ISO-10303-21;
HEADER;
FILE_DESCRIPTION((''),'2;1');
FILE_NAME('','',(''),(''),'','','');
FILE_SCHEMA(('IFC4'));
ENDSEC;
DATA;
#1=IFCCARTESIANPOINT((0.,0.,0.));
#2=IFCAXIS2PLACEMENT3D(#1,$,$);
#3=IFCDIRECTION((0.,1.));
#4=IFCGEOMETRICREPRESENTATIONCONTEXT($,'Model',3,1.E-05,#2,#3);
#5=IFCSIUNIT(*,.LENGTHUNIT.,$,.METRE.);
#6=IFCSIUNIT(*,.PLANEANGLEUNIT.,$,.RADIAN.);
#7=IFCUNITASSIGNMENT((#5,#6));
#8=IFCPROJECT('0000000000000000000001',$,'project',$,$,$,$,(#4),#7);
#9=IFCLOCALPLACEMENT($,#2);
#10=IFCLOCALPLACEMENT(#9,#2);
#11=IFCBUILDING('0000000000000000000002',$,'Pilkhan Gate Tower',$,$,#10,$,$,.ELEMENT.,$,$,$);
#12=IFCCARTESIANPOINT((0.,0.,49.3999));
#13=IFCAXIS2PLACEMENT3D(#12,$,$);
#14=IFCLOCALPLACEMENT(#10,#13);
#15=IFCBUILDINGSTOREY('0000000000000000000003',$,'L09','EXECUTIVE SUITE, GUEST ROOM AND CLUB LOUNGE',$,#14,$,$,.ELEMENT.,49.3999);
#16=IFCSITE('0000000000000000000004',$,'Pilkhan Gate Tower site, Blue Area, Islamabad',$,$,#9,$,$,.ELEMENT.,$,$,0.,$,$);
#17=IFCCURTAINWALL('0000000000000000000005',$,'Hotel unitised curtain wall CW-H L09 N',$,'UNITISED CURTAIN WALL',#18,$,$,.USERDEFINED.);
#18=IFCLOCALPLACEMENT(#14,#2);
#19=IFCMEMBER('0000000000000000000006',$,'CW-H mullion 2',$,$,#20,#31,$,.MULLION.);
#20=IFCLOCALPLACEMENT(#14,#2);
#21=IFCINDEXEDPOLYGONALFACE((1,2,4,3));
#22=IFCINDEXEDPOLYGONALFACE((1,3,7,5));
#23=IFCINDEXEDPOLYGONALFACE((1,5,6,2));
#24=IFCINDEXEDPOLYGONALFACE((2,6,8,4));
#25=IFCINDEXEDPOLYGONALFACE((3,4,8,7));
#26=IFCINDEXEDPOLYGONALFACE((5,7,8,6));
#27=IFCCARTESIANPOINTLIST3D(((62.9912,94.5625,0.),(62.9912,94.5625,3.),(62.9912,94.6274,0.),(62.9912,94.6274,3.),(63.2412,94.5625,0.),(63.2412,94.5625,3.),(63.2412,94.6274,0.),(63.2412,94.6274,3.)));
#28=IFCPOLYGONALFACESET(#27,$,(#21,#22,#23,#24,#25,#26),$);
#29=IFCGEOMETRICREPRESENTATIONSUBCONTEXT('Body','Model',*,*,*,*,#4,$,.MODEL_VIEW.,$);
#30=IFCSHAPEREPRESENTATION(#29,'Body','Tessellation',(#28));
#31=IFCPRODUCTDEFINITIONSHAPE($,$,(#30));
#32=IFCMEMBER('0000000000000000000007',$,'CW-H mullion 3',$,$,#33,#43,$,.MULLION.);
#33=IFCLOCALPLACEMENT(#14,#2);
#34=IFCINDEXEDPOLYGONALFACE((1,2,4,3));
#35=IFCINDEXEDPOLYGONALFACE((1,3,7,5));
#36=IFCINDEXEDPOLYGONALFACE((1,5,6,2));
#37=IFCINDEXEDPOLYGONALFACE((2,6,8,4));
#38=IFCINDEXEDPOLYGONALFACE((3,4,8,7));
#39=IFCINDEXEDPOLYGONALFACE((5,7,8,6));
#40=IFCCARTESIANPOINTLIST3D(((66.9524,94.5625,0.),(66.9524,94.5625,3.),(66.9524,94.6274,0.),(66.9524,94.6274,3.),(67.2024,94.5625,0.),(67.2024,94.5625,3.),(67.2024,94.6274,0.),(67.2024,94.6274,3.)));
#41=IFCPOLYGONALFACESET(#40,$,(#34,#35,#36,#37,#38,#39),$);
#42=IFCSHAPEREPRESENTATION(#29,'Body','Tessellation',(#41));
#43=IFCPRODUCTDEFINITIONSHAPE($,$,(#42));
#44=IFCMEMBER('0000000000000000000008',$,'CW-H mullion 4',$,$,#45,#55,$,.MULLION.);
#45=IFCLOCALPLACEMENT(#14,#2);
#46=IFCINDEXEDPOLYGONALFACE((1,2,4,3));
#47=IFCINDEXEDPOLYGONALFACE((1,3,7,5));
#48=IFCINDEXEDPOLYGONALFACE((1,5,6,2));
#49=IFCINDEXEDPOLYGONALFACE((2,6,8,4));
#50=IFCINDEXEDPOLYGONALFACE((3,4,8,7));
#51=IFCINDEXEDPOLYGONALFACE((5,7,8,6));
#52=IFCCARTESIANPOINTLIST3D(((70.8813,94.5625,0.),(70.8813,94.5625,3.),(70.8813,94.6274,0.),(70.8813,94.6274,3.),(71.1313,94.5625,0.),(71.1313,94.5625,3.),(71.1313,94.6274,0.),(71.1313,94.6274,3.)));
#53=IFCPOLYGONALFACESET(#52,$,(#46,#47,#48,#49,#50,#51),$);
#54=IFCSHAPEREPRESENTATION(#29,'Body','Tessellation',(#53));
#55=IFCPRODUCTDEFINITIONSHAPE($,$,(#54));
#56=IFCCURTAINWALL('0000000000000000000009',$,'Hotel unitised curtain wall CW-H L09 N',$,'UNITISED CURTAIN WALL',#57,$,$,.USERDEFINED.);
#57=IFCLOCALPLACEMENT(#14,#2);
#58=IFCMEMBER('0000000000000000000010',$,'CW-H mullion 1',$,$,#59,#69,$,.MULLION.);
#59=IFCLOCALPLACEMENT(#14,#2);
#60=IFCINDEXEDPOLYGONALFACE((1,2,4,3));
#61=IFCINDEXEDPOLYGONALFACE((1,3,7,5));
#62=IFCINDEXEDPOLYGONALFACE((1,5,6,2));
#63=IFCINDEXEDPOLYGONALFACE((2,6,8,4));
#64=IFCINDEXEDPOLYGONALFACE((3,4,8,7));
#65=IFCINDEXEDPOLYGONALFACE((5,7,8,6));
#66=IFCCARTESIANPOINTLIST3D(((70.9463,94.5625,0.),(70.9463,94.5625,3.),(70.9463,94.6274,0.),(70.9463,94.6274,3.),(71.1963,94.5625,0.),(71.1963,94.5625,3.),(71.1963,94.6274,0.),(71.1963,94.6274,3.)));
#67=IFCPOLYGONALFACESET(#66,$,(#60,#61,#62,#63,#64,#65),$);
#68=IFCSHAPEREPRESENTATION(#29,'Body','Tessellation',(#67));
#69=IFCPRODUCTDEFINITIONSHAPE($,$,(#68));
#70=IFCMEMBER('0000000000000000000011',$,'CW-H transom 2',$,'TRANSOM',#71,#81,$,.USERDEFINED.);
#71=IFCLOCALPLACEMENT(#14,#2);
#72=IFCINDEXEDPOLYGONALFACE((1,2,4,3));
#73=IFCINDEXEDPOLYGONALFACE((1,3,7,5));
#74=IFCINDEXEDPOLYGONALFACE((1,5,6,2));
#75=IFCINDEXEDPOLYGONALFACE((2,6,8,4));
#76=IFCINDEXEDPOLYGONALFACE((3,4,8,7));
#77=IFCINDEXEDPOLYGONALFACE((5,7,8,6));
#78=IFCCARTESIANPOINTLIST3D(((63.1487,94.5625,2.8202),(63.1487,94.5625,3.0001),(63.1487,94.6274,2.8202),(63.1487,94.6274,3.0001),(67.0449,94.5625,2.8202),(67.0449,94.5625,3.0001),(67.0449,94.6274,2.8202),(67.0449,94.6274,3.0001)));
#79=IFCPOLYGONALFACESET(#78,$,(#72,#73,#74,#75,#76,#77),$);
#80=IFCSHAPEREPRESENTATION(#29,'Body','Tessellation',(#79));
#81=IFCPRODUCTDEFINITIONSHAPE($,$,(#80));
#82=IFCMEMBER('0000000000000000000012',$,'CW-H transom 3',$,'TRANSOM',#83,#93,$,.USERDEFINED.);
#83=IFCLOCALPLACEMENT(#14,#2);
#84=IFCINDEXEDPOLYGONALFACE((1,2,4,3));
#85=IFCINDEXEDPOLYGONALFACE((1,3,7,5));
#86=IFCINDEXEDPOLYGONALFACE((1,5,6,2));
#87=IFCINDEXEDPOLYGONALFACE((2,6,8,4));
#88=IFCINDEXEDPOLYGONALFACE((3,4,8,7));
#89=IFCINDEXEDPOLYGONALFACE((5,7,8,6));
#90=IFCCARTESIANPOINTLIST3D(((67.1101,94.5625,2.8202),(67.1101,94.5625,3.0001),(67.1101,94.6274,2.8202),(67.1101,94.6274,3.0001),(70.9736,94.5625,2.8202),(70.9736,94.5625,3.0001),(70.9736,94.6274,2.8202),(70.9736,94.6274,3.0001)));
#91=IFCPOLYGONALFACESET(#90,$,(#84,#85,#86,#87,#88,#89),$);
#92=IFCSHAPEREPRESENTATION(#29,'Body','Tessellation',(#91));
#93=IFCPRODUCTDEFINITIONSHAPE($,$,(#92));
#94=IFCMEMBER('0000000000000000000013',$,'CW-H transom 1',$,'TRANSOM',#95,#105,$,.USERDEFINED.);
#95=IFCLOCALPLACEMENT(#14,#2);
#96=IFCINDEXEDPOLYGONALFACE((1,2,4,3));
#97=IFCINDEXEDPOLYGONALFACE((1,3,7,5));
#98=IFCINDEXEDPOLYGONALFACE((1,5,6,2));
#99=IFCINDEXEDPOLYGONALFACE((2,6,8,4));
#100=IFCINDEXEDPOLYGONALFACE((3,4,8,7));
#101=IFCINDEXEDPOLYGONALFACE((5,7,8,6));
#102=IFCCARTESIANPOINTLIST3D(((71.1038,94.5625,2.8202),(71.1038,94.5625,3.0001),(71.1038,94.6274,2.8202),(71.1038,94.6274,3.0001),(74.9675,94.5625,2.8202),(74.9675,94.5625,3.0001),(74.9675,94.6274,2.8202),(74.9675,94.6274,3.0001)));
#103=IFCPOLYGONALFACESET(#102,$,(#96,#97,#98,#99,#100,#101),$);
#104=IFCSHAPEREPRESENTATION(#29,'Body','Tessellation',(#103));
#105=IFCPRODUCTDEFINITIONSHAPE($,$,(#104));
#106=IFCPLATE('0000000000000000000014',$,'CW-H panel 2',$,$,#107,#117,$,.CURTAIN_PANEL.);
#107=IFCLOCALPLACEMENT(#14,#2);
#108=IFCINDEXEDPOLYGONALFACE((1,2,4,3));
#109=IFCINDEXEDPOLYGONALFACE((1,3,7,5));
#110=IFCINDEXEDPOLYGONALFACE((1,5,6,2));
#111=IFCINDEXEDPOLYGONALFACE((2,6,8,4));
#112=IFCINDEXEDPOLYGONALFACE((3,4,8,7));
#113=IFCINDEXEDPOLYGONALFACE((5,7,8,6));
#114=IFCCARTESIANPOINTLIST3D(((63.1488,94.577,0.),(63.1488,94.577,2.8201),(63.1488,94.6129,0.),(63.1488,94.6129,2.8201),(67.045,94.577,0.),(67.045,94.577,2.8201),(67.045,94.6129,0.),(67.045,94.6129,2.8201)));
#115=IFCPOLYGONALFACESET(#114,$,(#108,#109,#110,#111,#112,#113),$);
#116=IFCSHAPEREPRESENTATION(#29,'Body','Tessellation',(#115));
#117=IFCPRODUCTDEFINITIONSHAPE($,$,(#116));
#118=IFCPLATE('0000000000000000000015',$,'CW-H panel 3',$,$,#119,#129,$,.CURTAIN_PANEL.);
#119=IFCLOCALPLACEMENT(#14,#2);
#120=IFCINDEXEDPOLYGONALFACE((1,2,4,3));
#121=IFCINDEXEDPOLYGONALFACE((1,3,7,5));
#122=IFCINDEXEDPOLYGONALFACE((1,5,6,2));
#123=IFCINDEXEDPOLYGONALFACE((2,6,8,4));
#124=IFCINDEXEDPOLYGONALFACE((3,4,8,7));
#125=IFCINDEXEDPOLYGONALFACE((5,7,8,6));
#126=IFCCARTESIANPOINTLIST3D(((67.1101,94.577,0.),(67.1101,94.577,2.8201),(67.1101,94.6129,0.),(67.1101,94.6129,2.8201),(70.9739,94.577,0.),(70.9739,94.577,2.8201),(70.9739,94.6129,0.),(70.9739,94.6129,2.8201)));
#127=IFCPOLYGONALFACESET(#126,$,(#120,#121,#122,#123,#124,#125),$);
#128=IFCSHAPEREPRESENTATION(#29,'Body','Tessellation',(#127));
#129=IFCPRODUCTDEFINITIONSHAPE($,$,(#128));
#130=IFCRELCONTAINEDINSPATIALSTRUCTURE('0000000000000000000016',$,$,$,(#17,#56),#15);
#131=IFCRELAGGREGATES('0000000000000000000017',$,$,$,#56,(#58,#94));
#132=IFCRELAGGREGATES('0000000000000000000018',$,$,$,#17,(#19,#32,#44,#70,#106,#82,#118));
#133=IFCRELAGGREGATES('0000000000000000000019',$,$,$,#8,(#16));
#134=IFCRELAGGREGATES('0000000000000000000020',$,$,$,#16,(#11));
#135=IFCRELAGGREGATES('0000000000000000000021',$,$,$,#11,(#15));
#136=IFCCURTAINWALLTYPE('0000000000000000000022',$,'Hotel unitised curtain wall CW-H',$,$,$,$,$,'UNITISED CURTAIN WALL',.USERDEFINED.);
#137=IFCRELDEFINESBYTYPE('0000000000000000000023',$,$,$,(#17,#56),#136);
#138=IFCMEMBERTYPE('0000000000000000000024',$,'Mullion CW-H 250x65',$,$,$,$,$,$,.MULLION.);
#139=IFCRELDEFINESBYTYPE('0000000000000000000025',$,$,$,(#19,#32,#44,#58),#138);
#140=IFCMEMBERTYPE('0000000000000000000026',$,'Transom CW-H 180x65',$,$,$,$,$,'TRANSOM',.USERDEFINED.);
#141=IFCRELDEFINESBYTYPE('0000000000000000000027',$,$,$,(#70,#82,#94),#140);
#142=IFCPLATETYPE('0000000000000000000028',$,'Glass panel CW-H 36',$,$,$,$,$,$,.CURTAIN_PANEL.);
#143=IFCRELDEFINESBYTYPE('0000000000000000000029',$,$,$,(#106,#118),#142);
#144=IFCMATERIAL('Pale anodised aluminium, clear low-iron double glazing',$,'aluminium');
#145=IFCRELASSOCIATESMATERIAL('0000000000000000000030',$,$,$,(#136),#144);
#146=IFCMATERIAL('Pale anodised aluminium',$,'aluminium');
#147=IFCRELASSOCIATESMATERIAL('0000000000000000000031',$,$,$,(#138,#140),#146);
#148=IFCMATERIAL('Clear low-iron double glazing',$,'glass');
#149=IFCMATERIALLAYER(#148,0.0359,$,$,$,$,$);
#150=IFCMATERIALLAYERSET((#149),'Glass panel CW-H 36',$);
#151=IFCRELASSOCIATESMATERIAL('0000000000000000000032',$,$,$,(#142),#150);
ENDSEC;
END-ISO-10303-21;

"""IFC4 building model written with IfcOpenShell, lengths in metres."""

from ifc_helpers import new_model, si_unit, direction, frame, origin, origin_2d, place, context, subcontext, project, spatial, rectangle, extrude, material, layer, layer_set, material_profile, profile_set, type_object, element, aggregate, save


model = new_model("IFC4")

# Units and contexts
model_context = context("Model", 3, precision=1e-05, world=origin(), true_north=direction((0.0, 1.0)))
body_context = subcontext(model_context, "Body", "Model", "MODEL_VIEW")
ifc_project = project(units=[si_unit("LENGTHUNIT", "METRE"), si_unit("PLANEANGLEUNIT", "RADIAN")], contexts=[model_context])

# Site, building, storey
site_placement = place(None, origin())
site = spatial("IfcSite", under=ifc_project, at=site_placement, Name="Pilkhan Gate Tower site, Blue Area, Islamabad", CompositionType="ELEMENT", RefElevation=0.0)
building_placement = place(site_placement, origin())
building = spatial("IfcBuilding", under=site, at=building_placement, Name="Pilkhan Gate Tower", CompositionType="ELEMENT")
storey_placement = place(building_placement, frame((0.0, 0.0, 49.3999)))
storey = spatial("IfcBuildingStorey", under=building, at=storey_placement, Name="L09", Description="EXECUTIVE SUITE, GUEST ROOM AND CLUB LOUNGE", CompositionType="ELEMENT", Elevation=49.3999)

# Curtain wall, members
ifc_material_1 = material(Name="Pale anodised aluminium, clear low-iron double glazing", Category="aluminium")
curtain_wall_type = type_object("IfcCurtainWallType", Name="Hotel unitised curtain wall CW-H", ElementType="UNITISED CURTAIN WALL", PredefinedType="USERDEFINED", material=ifc_material_1)
curtain_wall_1_placement = place(storey_placement, origin())
curtain_wall_1 = element("IfcCurtainWall", 1, at=curtain_wall_1_placement, inside=storey, type_object=curtain_wall_type, Name="Hotel unitised curtain wall CW-H L09 N", ObjectType="UNITISED CURTAIN WALL", PredefinedType="USERDEFINED")
ifc_material_2 = material(Name="Pale anodised aluminium", Category="aluminium")
ifc_material_profile_1 = material_profile(ifc_material_2, rectangle(XDim=0.0649, YDim=0.25, at=origin_2d()), Name="Mullion 250x65")
ifc_profile_set_1 = profile_set([ifc_material_profile_1], Name="Pale anodised aluminium")
member_type_1 = type_object("IfcMemberType", Name="Mullion CW-H 250x65", PredefinedType="MULLION", material=ifc_profile_set_1)
member_1_placement = place(storey_placement, frame((63.1162, 94.595, 0.0), z_axis=(0.0, 0.0, 1.0), x_axis=(0.0, 1.0, 0.0)))
member_1 = element("IfcMember", 2, at=member_1_placement, type_object=member_type_1, Name="CW-H mullion 2", PredefinedType="MULLION", context=body_context, shape_type="SweptSolid", body=[
    extrude(rectangle(XDim=0.0649, YDim=0.25, at=origin_2d()), origin(), (0.0, 0.0, 1.0), 3.0),
])
member_2_placement = place(storey_placement, frame((67.0774, 94.595, 0.0), z_axis=(0.0, 0.0, 1.0), x_axis=(0.0, 1.0, 0.0)))
member_2 = element("IfcMember", 3, at=member_2_placement, type_object=member_type_1, Name="CW-H mullion 3", PredefinedType="MULLION", context=body_context, shape_type="SweptSolid", body=[
    extrude(rectangle(XDim=0.0649, YDim=0.25, at=origin_2d()), origin(), (0.0, 0.0, 1.0), 3.0),
])
member_3_placement = place(storey_placement, frame((71.0063, 94.595, 0.0), z_axis=(0.0, 0.0, 1.0), x_axis=(0.0, 1.0, 0.0)))
member_3 = element("IfcMember", 4, at=member_3_placement, type_object=member_type_1, Name="CW-H mullion 4", PredefinedType="MULLION", context=body_context, shape_type="SweptSolid", body=[
    extrude(rectangle(XDim=0.0649, YDim=0.25, at=origin_2d()), origin(), (0.0, 0.0, 1.0), 3.0),
])

# Curtain wall, member
curtain_wall_2_placement = place(storey_placement, origin())
curtain_wall_2 = element("IfcCurtainWall", 5, at=curtain_wall_2_placement, inside=storey, type_object=curtain_wall_type, Name="Hotel unitised curtain wall CW-H L09 N", ObjectType="UNITISED CURTAIN WALL", PredefinedType="USERDEFINED")
member_4_placement = place(storey_placement, frame((71.0713, 94.595, 0.0), z_axis=(0.0, 0.0, 1.0), x_axis=(0.0, 1.0, 0.0)))
member_4 = element("IfcMember", 6, at=member_4_placement, type_object=member_type_1, Name="CW-H mullion 1", PredefinedType="MULLION", context=body_context, shape_type="SweptSolid", body=[
    extrude(rectangle(XDim=0.0649, YDim=0.25, at=origin_2d()), origin(), (0.0, 0.0, 1.0), 3.0),
])

# Members
ifc_material_profile_2 = material_profile(ifc_material_2, rectangle(XDim=0.0649, YDim=0.1799, at=origin_2d()), Name="Transom 180x65")
ifc_profile_set_2 = profile_set([ifc_material_profile_2], Name="Pale anodised aluminium")
member_type_2 = type_object("IfcMemberType", Name="Transom CW-H 180x65", ElementType="TRANSOM", PredefinedType="USERDEFINED", material=ifc_profile_set_2)
member_5_placement = place(storey_placement, frame((63.1487, 94.595, 2.9102), z_axis=(1.0, 0.0, 0.0), x_axis=(0.0, 1.0, 0.0)))
member_5 = element("IfcMember", 7, at=member_5_placement, type_object=member_type_2, Name="CW-H transom 2", ObjectType="TRANSOM", PredefinedType="USERDEFINED", context=body_context, shape_type="SweptSolid", body=[
    extrude(rectangle(XDim=0.0649, YDim=0.1799, at=origin_2d()), origin(), (0.0, 0.0, 1.0), 3.8962),
])
member_6_placement = place(storey_placement, frame((67.1101, 94.595, 2.9102), z_axis=(1.0, 0.0, 0.0), x_axis=(0.0, 1.0, 0.0)))
member_6 = element("IfcMember", 8, at=member_6_placement, type_object=member_type_2, Name="CW-H transom 3", ObjectType="TRANSOM", PredefinedType="USERDEFINED", context=body_context, shape_type="SweptSolid", body=[
    extrude(rectangle(XDim=0.0649, YDim=0.1799, at=origin_2d()), origin(), (0.0, 0.0, 1.0), 3.8635),
])
member_7_placement = place(storey_placement, frame((71.1038, 94.595, 2.9102), z_axis=(1.0, 0.0, 0.0), x_axis=(0.0, 1.0, 0.0)))
member_7 = element("IfcMember", 9, at=member_7_placement, type_object=member_type_2, Name="CW-H transom 1", ObjectType="TRANSOM", PredefinedType="USERDEFINED", context=body_context, shape_type="SweptSolid", body=[
    extrude(rectangle(XDim=0.0649, YDim=0.1799, at=origin_2d()), origin(), (0.0, 0.0, 1.0), 3.8638),
])
aggregate(curtain_wall_2, [member_4, member_7])

# Plates
ifc_material_3 = material(Name="Clear low-iron double glazing", Category="glass")
ifc_layer_1 = layer(ifc_material_3, 0.0359)
ifc_layer_set_1 = layer_set([ifc_layer_1], Name="Glass panel CW-H 36")
plate_type = type_object("IfcPlateType", Name="Glass panel CW-H 36", PredefinedType="CURTAIN_PANEL", material=ifc_layer_set_1)
plate_1_placement = place(storey_placement, frame((65.0969, 94.595, 0.0), z_axis=(0.0, 0.0, 1.0), x_axis=(1.0, 0.0, 0.0)))
plate_1 = element("IfcPlate", 10, at=plate_1_placement, type_object=plate_type, Name="CW-H panel 2", PredefinedType="CURTAIN_PANEL", context=body_context, shape_type="SweptSolid", body=[
    extrude(rectangle(XDim=3.8962, YDim=0.0359, at=origin_2d()), origin(), (0.0, 0.0, 1.0), 2.8201),
])
plate_2_placement = place(storey_placement, frame((69.042, 94.595, 0.0), z_axis=(0.0, 0.0, 1.0), x_axis=(1.0, 0.0, 0.0)))
plate_2 = element("IfcPlate", 11, at=plate_2_placement, type_object=plate_type, Name="CW-H panel 3", PredefinedType="CURTAIN_PANEL", context=body_context, shape_type="SweptSolid", body=[
    extrude(rectangle(XDim=3.8638, YDim=0.0359, at=origin_2d()), origin(), (0.0, 0.0, 1.0), 2.8201),
])
aggregate(curtain_wall_1, [member_1, member_2, member_3, member_5, plate_1, member_6, plate_2])

save(model, "model.ifc")
